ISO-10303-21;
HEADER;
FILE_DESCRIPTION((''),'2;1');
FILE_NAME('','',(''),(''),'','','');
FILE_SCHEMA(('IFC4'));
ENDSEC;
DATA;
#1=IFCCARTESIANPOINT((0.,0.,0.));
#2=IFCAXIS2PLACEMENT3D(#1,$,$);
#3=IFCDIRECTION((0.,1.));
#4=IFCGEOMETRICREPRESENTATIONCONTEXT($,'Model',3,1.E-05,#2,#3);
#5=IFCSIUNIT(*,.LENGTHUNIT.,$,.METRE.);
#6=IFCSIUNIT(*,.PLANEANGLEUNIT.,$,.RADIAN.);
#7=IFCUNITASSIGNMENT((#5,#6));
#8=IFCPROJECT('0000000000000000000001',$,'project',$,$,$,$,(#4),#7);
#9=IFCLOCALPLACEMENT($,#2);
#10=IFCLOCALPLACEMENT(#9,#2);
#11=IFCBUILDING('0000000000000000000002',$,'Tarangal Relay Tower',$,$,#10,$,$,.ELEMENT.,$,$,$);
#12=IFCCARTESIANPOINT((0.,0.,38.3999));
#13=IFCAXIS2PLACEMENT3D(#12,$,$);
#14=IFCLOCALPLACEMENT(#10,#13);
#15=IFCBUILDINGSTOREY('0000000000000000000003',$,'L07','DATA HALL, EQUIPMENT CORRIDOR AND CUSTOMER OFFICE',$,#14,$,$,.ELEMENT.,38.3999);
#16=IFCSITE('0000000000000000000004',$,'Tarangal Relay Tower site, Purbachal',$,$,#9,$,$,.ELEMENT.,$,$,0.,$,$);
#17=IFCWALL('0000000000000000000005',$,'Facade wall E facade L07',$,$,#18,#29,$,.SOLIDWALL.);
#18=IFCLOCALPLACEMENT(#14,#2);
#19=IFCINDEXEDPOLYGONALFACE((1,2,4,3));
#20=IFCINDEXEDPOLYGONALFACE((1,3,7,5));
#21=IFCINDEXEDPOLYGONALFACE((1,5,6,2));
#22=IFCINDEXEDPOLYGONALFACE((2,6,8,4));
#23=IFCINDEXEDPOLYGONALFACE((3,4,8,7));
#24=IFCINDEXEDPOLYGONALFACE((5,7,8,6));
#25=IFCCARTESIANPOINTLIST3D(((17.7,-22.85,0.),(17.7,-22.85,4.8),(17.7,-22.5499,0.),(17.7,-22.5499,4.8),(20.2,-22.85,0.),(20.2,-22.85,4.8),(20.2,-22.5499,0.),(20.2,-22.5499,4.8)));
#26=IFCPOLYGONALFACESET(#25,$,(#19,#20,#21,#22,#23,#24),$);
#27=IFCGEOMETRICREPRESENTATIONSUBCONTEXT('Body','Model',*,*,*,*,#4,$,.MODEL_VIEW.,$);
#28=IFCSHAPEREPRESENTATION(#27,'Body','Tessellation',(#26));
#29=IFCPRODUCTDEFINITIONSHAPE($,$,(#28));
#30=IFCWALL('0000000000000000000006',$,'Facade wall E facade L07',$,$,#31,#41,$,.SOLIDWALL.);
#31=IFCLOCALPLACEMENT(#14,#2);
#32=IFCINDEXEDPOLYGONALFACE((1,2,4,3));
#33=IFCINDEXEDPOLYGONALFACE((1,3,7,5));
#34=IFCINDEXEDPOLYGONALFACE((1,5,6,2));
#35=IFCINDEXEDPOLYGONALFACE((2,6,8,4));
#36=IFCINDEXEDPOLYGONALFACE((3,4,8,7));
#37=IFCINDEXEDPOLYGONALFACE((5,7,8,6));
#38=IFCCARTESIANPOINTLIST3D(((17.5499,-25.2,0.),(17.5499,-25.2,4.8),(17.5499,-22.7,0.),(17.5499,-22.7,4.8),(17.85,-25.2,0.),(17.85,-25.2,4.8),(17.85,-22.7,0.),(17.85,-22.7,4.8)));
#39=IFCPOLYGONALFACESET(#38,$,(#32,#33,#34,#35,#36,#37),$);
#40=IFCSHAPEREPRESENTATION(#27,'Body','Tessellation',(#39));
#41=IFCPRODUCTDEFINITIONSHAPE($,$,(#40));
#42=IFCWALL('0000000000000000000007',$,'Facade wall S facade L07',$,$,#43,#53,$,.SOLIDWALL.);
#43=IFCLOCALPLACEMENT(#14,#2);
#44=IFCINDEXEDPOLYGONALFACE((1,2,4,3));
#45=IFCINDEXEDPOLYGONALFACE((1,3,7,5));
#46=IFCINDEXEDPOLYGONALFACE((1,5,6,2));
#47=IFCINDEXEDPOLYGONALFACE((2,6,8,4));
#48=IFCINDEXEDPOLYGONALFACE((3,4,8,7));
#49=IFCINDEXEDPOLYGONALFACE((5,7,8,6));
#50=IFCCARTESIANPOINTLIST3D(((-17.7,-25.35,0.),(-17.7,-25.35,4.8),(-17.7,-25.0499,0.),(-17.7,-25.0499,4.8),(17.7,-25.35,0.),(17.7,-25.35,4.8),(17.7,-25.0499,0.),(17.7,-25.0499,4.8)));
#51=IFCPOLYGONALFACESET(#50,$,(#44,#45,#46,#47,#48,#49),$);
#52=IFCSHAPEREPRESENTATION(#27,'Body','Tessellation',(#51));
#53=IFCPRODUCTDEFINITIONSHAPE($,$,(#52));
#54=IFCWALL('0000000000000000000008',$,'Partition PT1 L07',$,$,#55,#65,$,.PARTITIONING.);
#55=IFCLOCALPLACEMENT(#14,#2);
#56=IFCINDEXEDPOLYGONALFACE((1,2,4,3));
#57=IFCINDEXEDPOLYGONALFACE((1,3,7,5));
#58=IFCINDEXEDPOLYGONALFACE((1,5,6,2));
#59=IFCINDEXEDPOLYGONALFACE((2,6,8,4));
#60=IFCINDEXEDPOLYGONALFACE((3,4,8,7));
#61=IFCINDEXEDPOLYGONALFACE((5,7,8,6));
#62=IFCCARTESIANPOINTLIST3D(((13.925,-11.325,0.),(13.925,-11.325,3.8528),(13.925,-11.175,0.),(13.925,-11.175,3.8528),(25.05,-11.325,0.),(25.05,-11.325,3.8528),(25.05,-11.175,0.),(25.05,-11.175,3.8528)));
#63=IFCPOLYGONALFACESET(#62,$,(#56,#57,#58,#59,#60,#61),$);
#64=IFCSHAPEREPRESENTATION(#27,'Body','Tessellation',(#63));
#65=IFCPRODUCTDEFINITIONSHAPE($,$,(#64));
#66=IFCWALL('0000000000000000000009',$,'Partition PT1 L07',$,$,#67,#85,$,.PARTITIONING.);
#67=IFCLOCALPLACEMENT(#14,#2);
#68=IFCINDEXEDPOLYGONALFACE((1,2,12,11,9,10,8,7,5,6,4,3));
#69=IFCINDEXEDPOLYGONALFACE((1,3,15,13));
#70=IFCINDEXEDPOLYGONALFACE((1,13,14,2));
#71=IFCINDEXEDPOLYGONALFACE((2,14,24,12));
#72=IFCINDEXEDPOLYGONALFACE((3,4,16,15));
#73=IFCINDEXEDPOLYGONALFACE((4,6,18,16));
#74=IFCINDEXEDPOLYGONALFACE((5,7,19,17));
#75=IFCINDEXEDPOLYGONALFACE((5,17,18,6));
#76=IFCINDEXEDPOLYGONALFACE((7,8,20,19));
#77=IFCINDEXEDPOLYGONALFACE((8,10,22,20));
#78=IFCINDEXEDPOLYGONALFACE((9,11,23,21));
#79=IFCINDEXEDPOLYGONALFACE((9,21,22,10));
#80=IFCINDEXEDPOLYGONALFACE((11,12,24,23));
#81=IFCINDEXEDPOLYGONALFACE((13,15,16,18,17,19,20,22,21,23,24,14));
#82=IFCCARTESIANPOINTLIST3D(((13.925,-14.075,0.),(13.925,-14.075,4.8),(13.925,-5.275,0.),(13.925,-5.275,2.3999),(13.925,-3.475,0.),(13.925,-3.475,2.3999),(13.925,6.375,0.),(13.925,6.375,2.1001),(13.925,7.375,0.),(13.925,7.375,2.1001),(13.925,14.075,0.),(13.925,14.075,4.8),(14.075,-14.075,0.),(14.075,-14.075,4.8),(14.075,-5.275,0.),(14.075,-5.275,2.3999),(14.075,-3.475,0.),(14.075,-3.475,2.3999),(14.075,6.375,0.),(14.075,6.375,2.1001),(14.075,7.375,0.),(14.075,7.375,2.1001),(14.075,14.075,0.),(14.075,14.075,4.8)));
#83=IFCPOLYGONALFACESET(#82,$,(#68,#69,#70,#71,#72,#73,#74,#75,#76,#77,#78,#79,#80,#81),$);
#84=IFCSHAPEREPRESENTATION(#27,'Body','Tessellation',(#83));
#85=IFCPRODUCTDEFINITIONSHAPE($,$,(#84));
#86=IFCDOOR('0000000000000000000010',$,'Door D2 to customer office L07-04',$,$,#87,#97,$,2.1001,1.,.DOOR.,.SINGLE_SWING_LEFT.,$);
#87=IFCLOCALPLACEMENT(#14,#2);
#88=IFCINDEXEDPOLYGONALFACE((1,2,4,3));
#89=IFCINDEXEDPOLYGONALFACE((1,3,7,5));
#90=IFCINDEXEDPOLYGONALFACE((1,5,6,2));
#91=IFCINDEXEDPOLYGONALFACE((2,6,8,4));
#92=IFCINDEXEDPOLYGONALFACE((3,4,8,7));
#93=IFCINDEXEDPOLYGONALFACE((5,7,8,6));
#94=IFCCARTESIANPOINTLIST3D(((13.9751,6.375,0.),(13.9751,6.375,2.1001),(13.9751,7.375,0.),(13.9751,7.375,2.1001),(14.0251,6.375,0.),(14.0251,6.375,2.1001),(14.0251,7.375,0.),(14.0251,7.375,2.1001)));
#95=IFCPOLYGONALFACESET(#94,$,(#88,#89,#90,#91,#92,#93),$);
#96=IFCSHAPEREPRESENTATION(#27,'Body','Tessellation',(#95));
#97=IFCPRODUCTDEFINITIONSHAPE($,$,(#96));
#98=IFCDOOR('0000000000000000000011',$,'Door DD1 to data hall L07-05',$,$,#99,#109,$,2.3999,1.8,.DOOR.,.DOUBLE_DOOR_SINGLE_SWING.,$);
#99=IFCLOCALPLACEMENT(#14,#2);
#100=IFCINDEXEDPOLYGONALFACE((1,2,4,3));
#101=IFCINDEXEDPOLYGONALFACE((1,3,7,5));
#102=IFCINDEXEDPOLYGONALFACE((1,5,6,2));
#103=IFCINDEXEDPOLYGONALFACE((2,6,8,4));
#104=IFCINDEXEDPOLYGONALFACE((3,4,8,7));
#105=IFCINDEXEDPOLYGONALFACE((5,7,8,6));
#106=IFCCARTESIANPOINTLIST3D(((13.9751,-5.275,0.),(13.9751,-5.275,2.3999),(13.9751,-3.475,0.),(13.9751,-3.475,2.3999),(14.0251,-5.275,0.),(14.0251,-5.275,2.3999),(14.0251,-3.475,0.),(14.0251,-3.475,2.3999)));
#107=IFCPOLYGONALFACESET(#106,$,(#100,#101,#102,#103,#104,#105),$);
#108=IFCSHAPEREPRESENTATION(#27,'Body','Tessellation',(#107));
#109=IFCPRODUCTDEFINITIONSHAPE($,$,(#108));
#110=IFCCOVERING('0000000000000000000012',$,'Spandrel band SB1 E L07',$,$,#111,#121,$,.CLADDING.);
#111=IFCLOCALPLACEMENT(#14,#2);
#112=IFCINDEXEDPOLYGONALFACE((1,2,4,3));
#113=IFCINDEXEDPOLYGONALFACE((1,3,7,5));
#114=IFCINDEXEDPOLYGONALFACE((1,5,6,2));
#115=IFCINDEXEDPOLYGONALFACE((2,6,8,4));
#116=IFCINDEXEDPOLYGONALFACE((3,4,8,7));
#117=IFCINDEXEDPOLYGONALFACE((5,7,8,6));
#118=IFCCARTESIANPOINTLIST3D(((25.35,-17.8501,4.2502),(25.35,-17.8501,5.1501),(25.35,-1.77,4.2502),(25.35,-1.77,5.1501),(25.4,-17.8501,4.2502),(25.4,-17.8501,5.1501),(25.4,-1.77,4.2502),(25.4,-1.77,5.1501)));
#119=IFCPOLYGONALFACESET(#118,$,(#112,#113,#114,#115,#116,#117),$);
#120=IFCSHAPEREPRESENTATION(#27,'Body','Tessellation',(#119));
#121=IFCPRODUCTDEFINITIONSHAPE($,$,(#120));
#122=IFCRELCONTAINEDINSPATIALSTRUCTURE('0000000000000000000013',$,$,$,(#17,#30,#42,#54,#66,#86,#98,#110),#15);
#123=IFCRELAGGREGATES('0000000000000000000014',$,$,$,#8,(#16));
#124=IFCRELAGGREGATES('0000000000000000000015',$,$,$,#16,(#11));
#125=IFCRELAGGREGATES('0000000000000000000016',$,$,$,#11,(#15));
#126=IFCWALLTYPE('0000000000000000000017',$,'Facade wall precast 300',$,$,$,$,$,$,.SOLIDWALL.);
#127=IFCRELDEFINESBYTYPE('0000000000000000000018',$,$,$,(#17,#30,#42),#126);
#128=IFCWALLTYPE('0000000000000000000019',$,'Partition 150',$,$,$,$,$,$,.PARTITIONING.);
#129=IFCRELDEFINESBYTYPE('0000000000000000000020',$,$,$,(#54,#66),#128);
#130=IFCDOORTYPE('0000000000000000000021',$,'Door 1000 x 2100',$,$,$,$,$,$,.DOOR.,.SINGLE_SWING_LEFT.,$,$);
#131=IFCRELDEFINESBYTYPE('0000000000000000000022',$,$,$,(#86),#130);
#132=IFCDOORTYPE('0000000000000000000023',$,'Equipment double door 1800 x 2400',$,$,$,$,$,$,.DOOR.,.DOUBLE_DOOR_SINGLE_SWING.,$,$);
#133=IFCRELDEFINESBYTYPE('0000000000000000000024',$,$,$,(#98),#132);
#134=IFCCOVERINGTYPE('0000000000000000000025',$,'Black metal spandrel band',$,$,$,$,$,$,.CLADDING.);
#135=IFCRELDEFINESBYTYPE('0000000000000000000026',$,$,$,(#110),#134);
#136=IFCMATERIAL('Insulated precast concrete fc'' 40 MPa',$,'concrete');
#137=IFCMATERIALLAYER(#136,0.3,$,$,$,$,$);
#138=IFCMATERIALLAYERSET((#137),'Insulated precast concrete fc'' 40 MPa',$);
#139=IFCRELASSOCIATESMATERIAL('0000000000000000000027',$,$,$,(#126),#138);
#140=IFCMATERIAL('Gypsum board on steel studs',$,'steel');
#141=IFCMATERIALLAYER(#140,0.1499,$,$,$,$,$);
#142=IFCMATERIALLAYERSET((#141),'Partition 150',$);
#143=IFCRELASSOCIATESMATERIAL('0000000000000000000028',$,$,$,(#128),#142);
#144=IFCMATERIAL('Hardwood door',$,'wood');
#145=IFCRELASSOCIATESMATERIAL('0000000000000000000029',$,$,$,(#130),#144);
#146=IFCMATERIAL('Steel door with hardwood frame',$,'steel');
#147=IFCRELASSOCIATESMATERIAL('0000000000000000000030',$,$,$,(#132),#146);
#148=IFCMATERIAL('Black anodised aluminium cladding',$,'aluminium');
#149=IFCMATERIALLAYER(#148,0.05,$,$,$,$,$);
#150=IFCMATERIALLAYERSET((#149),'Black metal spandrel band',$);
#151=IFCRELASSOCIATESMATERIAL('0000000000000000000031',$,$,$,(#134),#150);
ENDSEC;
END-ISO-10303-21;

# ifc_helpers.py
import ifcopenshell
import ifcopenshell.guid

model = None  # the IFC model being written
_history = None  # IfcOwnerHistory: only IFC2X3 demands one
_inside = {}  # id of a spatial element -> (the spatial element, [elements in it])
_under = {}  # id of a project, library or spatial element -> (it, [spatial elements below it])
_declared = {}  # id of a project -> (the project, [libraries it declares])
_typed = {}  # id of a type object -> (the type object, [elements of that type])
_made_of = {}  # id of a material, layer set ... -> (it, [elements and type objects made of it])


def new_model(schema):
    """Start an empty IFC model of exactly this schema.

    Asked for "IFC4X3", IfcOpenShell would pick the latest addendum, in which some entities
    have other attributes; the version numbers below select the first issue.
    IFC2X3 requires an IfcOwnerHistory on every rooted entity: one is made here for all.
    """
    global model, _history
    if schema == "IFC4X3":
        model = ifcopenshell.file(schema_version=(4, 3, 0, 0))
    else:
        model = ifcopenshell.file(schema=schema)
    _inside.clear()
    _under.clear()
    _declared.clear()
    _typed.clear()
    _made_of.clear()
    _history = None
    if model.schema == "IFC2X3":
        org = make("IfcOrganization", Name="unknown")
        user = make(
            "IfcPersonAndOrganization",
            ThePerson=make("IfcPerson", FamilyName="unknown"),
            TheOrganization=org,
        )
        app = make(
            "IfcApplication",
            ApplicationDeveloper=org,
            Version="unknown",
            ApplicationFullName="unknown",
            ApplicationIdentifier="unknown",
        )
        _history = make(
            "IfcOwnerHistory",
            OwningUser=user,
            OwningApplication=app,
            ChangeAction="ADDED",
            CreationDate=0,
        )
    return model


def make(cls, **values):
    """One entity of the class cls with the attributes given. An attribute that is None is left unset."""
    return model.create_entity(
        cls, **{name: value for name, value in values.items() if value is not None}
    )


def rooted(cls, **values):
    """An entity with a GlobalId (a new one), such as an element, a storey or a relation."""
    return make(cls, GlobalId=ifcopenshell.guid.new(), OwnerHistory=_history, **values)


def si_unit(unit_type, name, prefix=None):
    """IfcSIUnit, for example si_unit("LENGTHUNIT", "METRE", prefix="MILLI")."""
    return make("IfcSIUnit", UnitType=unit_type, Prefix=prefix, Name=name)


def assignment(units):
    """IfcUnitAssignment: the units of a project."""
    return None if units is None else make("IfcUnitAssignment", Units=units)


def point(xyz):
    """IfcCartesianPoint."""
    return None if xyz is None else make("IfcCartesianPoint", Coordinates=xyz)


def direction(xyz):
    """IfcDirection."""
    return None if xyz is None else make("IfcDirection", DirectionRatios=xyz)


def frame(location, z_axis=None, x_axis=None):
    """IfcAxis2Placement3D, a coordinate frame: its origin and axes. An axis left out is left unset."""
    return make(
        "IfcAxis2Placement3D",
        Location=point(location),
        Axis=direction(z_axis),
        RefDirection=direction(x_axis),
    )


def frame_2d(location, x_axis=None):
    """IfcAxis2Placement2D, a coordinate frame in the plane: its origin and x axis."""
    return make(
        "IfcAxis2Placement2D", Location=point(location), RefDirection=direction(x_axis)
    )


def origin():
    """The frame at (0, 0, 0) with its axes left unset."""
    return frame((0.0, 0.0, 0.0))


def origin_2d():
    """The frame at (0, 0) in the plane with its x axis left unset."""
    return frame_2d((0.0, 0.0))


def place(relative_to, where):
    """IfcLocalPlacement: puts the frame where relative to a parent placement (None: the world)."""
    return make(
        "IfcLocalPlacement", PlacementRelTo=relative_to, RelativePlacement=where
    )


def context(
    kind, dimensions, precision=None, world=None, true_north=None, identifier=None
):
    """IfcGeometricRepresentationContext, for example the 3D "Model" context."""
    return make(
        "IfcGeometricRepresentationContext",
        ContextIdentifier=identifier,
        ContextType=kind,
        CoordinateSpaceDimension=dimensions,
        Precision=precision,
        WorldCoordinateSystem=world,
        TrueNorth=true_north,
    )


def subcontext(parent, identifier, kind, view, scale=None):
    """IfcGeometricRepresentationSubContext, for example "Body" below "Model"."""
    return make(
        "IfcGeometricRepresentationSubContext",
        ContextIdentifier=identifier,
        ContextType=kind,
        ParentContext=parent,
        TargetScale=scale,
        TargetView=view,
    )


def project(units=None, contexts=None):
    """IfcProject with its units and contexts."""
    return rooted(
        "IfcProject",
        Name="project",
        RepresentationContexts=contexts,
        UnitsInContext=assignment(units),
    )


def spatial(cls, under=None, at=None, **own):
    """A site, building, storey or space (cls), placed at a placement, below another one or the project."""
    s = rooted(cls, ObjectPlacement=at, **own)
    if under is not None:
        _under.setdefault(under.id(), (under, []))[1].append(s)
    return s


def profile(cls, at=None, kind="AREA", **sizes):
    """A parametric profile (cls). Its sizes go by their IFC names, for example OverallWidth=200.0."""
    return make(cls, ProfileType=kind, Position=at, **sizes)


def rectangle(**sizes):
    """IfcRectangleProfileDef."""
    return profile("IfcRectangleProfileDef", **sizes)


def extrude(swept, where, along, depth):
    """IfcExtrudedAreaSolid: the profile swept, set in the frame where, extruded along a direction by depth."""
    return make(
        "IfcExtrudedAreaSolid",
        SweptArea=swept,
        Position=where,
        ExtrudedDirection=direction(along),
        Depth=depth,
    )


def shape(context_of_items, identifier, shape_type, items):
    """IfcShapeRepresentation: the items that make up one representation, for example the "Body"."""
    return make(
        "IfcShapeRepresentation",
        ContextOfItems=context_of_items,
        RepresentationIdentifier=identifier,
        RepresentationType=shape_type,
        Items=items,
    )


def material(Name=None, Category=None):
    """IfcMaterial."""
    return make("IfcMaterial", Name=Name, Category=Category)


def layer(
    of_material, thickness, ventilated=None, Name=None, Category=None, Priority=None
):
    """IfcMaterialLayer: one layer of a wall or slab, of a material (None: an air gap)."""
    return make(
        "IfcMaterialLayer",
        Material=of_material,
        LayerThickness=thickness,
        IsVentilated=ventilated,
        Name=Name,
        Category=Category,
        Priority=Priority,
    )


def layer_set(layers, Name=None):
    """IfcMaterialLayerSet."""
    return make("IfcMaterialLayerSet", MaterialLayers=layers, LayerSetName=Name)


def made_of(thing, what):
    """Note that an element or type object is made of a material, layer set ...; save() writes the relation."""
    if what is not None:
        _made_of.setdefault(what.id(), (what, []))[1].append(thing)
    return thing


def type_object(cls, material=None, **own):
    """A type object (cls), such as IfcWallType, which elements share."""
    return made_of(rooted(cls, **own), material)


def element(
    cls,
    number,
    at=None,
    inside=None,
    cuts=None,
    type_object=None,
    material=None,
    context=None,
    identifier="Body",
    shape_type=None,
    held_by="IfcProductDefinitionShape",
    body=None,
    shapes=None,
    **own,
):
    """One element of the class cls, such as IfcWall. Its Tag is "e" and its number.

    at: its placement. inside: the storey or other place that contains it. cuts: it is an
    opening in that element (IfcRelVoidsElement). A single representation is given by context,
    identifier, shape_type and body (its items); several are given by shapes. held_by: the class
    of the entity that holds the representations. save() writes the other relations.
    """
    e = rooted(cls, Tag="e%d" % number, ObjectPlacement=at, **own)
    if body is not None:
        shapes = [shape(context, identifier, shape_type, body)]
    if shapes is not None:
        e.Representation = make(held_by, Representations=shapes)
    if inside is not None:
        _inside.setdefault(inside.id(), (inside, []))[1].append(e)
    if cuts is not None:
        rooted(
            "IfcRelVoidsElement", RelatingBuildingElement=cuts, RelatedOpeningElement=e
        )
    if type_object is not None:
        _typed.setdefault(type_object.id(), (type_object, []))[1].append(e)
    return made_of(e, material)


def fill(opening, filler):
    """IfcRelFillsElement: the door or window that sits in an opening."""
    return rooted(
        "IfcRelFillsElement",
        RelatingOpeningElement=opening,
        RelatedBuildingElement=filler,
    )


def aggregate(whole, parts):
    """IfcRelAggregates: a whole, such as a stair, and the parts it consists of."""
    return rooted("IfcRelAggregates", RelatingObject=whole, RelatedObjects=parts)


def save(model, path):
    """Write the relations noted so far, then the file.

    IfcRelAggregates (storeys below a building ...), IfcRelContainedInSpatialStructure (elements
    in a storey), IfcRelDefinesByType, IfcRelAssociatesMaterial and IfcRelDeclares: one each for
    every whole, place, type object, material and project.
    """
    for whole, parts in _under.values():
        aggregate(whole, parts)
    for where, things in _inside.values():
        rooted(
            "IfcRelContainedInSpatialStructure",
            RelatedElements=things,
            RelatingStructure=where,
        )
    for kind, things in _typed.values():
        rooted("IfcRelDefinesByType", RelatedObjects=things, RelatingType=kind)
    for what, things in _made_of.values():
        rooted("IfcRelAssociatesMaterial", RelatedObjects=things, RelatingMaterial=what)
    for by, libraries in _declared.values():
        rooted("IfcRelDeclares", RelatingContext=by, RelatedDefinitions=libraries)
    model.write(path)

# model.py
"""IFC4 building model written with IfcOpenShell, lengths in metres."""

from ifc_helpers import new_model, si_unit, direction, frame, frame_2d, origin, origin_2d, place, context, subcontext, project, spatial, rectangle, extrude, material, layer, layer_set, type_object, element, fill, save


model = new_model("IFC4")

# Units and contexts
model_context = context("Model", 3, precision=1e-05, world=origin(), true_north=direction((0.0, 1.0)))
body_context = subcontext(model_context, "Body", "Model", "MODEL_VIEW")
ifc_project = project(units=[si_unit("LENGTHUNIT", "METRE"), si_unit("PLANEANGLEUNIT", "RADIAN")], contexts=[model_context])

# Site, building, storey
site_placement = place(None, origin())
site = spatial("IfcSite", under=ifc_project, at=site_placement, Name="Tarangal Relay Tower site, Purbachal", CompositionType="ELEMENT", RefElevation=0.0)
building_placement = place(site_placement, origin())
building = spatial("IfcBuilding", under=site, at=building_placement, Name="Tarangal Relay Tower", CompositionType="ELEMENT")
storey_placement = place(building_placement, frame((0.0, 0.0, 38.3999)))
storey = spatial("IfcBuildingStorey", under=building, at=storey_placement, Name="L07", Description="DATA HALL, EQUIPMENT CORRIDOR AND CUSTOMER OFFICE", CompositionType="ELEMENT", Elevation=38.3999)

# Shared definitions
ifc_material_1 = material(Name="Steel door with hardwood frame", Category="steel")

# Shared definitions
ifc_material_2 = material(Name="Insulated precast concrete fc' 40 MPa", Category="concrete")
ifc_layer_1 = layer(ifc_material_2, 0.3)
ifc_layer_set_1 = layer_set([ifc_layer_1], Name="Insulated precast concrete fc' 40 MPa")
wall_type_1 = type_object("IfcWallType", Name="Facade wall precast 300", PredefinedType="SOLIDWALL", material=ifc_layer_set_1)

# Walls
for number, where, z_axis, x_axis, name in (
    (1, (20.2, -22.7, 0.0), (0.0, 0.0, 1.0), (-1.0, 0.0, 0.0), "Facade wall E facade L07"),
    (2, (17.7, -22.7, 0.0), (0.0, 0.0, 1.0), (0.0, -1.0, 0.0), "Facade wall E facade L07"),
):
    element("IfcWall", number, at=place(storey_placement, frame(where, z_axis=z_axis, x_axis=x_axis)), inside=storey, type_object=wall_type_1, Name=name, PredefinedType="SOLIDWALL", context=body_context, shape_type="SweptSolid", body=[
        extrude(rectangle(XDim=2.5, YDim=0.3, at=frame_2d((1.25, 0.0))), origin(), (0.0, 0.0, 1.0), 4.8),
    ])
wall_1_placement = place(storey_placement, frame((17.7, -25.2, 0.0), z_axis=(0.0, 0.0, 1.0), x_axis=(-1.0, 0.0, 0.0)))
element("IfcWall", 3, at=wall_1_placement, inside=storey, type_object=wall_type_1, Name="Facade wall S facade L07", PredefinedType="SOLIDWALL", context=body_context, shape_type="SweptSolid", body=[
    extrude(rectangle(XDim=35.3999, YDim=0.3, at=frame_2d((17.7, 0.0))), origin(), (0.0, 0.0, 1.0), 4.8),
])
ifc_material_3 = material(Name="Gypsum board on steel studs", Category="steel")
ifc_layer_2 = layer(ifc_material_3, 0.1499)
ifc_layer_set_2 = layer_set([ifc_layer_2], Name="Partition 150")
wall_type_2 = type_object("IfcWallType", Name="Partition 150", PredefinedType="PARTITIONING", material=ifc_layer_set_2)
wall_2_placement = place(storey_placement, frame((13.925, -11.25, 0.0), z_axis=(0.0, 0.0, 1.0), x_axis=(1.0, 0.0, 0.0)))
element("IfcWall", 4, at=wall_2_placement, inside=storey, type_object=wall_type_2, Name="Partition PT1 L07", PredefinedType="PARTITIONING", context=body_context, shape_type="SweptSolid", body=[
    extrude(rectangle(XDim=11.125, YDim=0.1499, at=frame_2d((5.5625, 0.0))), origin(), (0.0, 0.0, 1.0), 3.8528),
])

# Wall, openings, doors
wall_3_placement = place(storey_placement, frame((14.0, -14.075, 0.0), z_axis=(0.0, 0.0, 1.0), x_axis=(0.0, 1.0, 0.0)))
wall_3 = element("IfcWall", 5, at=wall_3_placement, inside=storey, type_object=wall_type_2, Name="Partition PT1 L07", PredefinedType="PARTITIONING", context=body_context, shape_type="SweptSolid", body=[
    extrude(rectangle(XDim=28.1499, YDim=0.1499, at=frame_2d((14.075, 0.0))), origin(), (0.0, 0.0, 1.0), 4.8),
])
opening_1_placement = place(wall_3_placement, frame((20.45, 0.0, 0.0)))
opening_1 = element("IfcOpeningElement", 6, at=opening_1_placement, cuts=wall_3, PredefinedType="OPENING", context=body_context, shape_type="SweptSolid", body=[
    extrude(rectangle(XDim=1.0, YDim=2.1001, at=frame_2d((0.5, 1.05))), frame((0.0, 0.085, 0.0), z_axis=(0.0, -1.0, 0.0), x_axis=(1.0, 0.0, 0.0)), (0.0, 0.0, 1.0), 0.1699),
])
opening_2_placement = place(wall_3_placement, frame((8.8, 0.0, 0.0)))
opening_2 = element("IfcOpeningElement", 7, at=opening_2_placement, cuts=wall_3, PredefinedType="OPENING", context=body_context, shape_type="SweptSolid", body=[
    extrude(rectangle(XDim=1.8, YDim=2.3999, at=frame_2d((0.8999, 1.2))), frame((0.0, 0.085, 0.0), z_axis=(0.0, -1.0, 0.0), x_axis=(1.0, 0.0, 0.0)), (0.0, 0.0, 1.0), 0.1699),
])
ifc_material_4 = material(Name="Hardwood door", Category="wood")
door_type_1 = type_object("IfcDoorType", Name="Door 1000 x 2100", OperationType="SINGLE_SWING_LEFT", PredefinedType="DOOR", material=ifc_material_4)
door_1_placement = place(opening_1_placement, origin())
door_1 = element("IfcDoor", 8, at=door_1_placement, inside=storey, type_object=door_type_1, Name="Door D2 to customer office L07-04", OperationType="SINGLE_SWING_LEFT", OverallHeight=2.1001, OverallWidth=1.0, PredefinedType="DOOR", context=body_context, shape_type="SweptSolid", body=[
    extrude(rectangle(XDim=1.0, YDim=2.1001, at=frame_2d((0.5, 1.05))), frame((0.0, 0.0249, 0.0), z_axis=(0.0, -1.0, 0.0), x_axis=(1.0, 0.0, 0.0)), (0.0, 0.0, 1.0), 0.05),
])
fill(opening_1, door_1)
door_type_2 = type_object("IfcDoorType", Name="Equipment double door 1800 x 2400", OperationType="DOUBLE_DOOR_SINGLE_SWING", PredefinedType="DOOR", material=ifc_material_1)
door_2_placement = place(opening_2_placement, origin())
door_2 = element("IfcDoor", 9, at=door_2_placement, inside=storey, type_object=door_type_2, Name="Door DD1 to data hall L07-05", OperationType="DOUBLE_DOOR_SINGLE_SWING", OverallHeight=2.3999, OverallWidth=1.8, PredefinedType="DOOR", context=body_context, shape_type="SweptSolid", body=[
    extrude(rectangle(XDim=1.8, YDim=2.3999, at=frame_2d((0.8999, 1.2))), frame((0.0, 0.0249, 0.0), z_axis=(0.0, -1.0, 0.0), x_axis=(1.0, 0.0, 0.0)), (0.0, 0.0, 1.0), 0.05),
])
fill(opening_2, door_2)

# Covering
ifc_material_5 = material(Name="Black anodised aluminium cladding", Category="aluminium")
ifc_layer_3 = layer(ifc_material_5, 0.05)
ifc_layer_set_3 = layer_set([ifc_layer_3], Name="Black metal spandrel band")
covering_type = type_object("IfcCoveringType", Name="Black metal spandrel band", PredefinedType="CLADDING", material=ifc_layer_set_3)
covering_placement = place(storey_placement, frame((25.375, -9.8101, 4.2502), z_axis=(0.0, 0.0, 1.0), x_axis=(0.0, -1.0, 0.0)))
element("IfcCovering", 10, at=covering_placement, inside=storey, type_object=covering_type, Name="Spandrel band SB1 E L07", PredefinedType="CLADDING", context=body_context, shape_type="SweptSolid", body=[
    extrude(rectangle(XDim=16.0801, YDim=0.05, at=origin_2d()), origin(), (0.0, 0.0, 1.0), 0.8999),
])

save(model, "model.ifc")
